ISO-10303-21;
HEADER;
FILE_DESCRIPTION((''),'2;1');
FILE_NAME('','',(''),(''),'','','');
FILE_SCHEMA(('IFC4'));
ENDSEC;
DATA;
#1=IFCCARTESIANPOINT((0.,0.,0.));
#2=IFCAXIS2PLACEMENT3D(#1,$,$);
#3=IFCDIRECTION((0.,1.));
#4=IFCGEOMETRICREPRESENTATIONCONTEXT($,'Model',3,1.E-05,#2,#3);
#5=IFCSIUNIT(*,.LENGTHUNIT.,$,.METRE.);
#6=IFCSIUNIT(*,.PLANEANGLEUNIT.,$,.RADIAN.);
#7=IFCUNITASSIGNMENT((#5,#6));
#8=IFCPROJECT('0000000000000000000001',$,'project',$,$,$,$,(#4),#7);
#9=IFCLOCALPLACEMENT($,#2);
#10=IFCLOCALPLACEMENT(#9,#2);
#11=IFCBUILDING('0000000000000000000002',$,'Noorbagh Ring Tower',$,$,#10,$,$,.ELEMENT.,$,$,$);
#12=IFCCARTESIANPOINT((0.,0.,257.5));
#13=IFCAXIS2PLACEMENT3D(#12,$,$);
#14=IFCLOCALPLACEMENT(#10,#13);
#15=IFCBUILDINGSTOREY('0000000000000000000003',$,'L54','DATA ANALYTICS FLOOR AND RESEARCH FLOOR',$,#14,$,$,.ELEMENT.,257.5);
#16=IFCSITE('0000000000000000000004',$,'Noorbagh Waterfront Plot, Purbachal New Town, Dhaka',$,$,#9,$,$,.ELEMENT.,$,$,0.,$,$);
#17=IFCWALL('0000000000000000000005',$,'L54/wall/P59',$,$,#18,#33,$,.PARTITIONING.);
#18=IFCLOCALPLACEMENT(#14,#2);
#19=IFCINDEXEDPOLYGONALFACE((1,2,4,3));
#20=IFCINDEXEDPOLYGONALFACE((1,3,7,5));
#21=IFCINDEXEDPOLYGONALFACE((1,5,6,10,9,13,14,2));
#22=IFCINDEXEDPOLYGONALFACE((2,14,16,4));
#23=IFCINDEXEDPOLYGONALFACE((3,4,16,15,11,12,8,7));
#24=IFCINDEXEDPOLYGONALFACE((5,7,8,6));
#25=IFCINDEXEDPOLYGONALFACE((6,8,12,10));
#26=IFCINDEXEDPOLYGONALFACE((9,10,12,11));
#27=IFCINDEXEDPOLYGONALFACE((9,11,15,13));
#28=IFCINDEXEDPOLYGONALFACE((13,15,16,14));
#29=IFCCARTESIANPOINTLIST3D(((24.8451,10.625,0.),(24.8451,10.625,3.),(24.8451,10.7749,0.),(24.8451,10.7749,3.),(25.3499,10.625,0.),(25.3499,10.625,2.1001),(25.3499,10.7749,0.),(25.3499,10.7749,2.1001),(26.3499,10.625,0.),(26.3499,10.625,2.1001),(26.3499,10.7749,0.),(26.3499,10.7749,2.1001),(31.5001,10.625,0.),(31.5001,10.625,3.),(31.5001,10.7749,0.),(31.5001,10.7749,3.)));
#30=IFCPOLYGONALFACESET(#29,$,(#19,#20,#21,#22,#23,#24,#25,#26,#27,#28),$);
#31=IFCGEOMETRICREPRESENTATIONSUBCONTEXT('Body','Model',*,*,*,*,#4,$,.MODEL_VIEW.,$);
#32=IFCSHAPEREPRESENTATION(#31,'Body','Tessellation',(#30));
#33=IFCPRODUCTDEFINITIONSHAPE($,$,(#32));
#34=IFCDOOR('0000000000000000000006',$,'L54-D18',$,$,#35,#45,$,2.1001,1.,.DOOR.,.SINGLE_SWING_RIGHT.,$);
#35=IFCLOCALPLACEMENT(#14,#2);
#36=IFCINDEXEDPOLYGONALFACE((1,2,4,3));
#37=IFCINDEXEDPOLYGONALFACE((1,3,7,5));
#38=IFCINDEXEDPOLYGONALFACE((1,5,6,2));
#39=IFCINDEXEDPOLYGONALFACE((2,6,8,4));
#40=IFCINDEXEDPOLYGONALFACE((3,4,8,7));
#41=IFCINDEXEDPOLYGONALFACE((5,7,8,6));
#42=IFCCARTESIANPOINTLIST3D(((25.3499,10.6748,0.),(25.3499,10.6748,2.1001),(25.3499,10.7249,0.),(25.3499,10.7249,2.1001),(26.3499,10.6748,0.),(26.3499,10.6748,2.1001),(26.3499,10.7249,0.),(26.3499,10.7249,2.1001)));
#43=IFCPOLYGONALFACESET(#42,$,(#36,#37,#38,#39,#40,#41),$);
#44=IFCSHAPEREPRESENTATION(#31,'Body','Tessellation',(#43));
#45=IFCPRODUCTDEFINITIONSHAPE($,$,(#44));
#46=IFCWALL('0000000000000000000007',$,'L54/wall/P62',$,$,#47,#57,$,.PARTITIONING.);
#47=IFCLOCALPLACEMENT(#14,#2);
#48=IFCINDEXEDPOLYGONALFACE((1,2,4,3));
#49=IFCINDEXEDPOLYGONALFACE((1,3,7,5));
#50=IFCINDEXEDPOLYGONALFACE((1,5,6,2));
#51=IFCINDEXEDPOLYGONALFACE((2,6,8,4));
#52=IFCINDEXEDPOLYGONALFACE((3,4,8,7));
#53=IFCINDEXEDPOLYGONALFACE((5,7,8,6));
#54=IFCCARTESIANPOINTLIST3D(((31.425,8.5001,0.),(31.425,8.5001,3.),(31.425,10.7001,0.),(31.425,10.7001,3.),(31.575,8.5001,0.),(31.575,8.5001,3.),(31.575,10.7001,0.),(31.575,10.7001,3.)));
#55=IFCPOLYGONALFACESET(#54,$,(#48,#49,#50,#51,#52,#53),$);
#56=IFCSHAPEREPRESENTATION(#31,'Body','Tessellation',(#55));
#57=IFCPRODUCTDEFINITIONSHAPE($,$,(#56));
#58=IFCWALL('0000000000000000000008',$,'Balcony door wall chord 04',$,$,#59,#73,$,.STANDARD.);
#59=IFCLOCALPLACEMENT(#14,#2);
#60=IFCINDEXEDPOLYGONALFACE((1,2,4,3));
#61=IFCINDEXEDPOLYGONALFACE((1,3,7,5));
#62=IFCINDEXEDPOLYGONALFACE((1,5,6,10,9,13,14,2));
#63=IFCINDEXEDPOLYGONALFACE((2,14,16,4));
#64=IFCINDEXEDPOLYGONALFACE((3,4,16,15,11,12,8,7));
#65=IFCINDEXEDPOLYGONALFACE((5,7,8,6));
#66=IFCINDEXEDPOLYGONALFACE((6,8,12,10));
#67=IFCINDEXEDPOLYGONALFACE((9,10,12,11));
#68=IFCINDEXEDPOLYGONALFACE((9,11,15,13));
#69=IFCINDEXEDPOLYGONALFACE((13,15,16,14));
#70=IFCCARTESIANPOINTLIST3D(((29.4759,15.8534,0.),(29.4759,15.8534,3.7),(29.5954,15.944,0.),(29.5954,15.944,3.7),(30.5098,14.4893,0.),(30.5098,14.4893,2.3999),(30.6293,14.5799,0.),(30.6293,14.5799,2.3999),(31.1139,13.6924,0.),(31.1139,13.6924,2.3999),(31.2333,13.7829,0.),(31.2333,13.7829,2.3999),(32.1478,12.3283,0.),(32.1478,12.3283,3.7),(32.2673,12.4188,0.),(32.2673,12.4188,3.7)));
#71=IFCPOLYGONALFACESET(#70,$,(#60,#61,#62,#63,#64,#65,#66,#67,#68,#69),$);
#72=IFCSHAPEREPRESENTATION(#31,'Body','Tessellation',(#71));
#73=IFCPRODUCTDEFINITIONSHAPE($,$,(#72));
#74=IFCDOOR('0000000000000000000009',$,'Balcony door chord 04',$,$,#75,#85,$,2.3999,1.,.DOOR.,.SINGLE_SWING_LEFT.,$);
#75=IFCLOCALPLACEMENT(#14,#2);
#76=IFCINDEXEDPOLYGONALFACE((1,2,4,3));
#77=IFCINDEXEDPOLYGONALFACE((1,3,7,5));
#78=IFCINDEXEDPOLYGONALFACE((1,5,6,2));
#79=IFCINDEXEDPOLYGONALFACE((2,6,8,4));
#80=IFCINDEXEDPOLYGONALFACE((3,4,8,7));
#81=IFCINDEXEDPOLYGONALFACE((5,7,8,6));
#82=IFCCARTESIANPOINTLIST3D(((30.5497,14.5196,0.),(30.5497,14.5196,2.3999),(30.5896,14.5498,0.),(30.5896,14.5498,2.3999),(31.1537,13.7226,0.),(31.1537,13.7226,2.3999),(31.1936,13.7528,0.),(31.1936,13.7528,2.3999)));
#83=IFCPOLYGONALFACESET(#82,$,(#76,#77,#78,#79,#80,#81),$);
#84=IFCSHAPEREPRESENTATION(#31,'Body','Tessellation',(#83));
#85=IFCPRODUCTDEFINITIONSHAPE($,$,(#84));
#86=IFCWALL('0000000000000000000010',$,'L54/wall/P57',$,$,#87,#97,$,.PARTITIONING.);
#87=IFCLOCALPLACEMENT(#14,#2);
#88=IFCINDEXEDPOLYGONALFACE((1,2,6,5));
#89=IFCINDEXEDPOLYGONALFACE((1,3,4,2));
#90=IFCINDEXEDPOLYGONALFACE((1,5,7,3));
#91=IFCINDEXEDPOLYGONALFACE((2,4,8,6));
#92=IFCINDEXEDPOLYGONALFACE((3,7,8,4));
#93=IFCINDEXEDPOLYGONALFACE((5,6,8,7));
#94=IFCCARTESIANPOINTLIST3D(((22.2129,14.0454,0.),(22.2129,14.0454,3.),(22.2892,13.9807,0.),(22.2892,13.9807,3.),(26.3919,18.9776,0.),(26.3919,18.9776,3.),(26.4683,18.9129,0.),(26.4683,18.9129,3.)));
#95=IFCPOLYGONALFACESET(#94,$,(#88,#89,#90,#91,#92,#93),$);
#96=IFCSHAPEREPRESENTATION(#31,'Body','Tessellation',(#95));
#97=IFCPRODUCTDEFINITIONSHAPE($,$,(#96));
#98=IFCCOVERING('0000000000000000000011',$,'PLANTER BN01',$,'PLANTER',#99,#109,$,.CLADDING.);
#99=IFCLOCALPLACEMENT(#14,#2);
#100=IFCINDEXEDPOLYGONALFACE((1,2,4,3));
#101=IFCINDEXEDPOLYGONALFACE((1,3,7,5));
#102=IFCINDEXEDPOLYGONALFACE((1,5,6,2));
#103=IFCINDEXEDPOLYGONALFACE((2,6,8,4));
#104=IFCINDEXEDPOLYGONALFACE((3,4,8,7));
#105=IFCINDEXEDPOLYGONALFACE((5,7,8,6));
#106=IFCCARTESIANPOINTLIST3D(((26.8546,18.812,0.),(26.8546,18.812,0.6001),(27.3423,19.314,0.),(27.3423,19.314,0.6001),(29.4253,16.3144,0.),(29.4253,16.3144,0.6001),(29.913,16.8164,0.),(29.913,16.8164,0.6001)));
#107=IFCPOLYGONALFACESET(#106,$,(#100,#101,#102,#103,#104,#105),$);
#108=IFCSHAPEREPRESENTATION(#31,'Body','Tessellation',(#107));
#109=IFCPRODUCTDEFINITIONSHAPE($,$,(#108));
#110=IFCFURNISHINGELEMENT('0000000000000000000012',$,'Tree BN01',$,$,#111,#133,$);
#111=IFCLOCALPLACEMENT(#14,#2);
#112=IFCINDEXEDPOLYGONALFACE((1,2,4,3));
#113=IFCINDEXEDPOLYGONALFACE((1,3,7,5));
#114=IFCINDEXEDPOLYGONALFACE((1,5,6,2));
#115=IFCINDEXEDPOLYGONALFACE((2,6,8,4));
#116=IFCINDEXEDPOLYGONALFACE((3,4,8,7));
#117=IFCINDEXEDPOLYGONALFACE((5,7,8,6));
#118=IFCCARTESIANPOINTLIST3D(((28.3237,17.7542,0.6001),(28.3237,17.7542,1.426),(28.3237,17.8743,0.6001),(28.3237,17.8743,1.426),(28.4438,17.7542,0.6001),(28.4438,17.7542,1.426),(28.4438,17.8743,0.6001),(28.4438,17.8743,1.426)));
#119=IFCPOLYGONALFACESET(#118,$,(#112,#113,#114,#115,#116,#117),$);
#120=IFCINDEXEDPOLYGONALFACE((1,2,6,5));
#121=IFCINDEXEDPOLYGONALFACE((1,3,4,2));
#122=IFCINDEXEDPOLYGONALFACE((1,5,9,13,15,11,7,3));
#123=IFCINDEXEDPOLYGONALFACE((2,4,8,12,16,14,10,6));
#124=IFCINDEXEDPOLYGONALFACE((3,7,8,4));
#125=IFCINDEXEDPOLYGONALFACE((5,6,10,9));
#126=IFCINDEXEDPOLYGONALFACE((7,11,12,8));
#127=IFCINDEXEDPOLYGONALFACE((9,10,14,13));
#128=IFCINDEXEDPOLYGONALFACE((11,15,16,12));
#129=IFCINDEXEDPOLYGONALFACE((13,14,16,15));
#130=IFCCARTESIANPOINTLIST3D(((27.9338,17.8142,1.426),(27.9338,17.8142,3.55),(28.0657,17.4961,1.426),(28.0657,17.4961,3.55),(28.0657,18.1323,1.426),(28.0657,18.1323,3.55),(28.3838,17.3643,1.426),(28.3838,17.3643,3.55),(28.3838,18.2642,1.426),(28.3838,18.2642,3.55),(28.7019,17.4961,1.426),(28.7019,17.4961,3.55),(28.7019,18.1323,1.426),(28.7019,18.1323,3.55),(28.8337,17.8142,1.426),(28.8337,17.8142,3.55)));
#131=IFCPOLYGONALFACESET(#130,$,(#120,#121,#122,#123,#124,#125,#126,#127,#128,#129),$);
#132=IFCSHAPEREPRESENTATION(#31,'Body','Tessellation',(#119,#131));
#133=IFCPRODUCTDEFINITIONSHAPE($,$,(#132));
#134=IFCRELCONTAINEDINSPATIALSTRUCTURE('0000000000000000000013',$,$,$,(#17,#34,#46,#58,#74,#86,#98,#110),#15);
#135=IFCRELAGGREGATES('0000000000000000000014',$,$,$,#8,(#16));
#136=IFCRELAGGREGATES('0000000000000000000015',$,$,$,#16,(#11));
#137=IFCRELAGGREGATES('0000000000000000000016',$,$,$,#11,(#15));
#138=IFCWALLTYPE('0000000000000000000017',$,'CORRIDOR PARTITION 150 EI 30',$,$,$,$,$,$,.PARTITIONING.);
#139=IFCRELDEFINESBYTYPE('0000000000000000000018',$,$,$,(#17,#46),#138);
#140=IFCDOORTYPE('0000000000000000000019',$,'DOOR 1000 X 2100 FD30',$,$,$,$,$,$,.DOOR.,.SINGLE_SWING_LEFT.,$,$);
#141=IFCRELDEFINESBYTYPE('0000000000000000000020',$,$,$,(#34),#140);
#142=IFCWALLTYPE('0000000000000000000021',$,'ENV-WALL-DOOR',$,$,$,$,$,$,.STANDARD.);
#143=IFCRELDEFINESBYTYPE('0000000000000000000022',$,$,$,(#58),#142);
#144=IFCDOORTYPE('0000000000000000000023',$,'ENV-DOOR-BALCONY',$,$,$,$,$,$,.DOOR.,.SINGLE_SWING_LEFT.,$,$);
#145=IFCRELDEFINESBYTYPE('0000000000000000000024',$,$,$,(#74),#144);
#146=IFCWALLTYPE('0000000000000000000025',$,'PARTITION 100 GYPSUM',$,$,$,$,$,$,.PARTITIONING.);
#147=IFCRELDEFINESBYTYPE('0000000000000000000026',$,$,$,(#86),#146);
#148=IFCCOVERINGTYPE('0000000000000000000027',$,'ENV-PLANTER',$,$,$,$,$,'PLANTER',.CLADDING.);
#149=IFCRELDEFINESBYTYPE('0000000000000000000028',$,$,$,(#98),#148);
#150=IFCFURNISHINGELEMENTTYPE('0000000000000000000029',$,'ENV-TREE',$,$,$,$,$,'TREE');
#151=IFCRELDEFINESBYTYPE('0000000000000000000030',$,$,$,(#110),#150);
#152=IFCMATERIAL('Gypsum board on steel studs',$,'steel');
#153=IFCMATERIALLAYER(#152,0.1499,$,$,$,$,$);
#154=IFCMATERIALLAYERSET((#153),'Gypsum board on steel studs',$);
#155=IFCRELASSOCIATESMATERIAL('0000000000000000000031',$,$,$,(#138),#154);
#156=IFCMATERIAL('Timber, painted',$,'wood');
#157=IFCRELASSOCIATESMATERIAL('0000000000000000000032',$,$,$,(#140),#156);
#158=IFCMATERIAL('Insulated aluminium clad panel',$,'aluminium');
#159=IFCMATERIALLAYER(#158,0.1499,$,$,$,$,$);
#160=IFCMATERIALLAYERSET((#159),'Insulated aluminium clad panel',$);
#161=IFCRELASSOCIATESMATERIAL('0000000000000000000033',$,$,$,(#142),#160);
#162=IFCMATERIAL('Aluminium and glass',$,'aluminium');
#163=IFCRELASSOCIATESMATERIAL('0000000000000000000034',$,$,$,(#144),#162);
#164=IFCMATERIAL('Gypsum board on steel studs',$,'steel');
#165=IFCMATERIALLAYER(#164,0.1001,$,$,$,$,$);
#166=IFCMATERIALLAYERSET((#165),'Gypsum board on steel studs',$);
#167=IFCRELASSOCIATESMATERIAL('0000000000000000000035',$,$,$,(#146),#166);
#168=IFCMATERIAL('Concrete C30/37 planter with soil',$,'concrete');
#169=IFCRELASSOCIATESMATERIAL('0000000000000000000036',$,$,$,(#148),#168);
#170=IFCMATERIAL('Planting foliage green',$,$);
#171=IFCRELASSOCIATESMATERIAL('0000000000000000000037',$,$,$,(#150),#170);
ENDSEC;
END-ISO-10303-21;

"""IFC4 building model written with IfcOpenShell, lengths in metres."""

from ifc_helpers import new_model, si_unit, direction, frame, frame_2d, origin, origin_2d, place, context, subcontext, project, spatial, polyline, rectangle, outline, extrude, material, layer, layer_set, type_object, element, fill, save


model = new_model("IFC4")

# Units and contexts
model_context = context("Model", 3, precision=1e-05, world=origin(), true_north=direction((0.0, 1.0)))
body_context = subcontext(model_context, "Body", "Model", "MODEL_VIEW")
ifc_project = project(units=[si_unit("LENGTHUNIT", "METRE"), si_unit("PLANEANGLEUNIT", "RADIAN")], contexts=[model_context])

# Site, building, storey
site_placement = place(None, origin())
site = spatial("IfcSite", under=ifc_project, at=site_placement, Name="Noorbagh Waterfront Plot, Purbachal New Town, Dhaka", CompositionType="ELEMENT", RefElevation=0.0)
building_placement = place(site_placement, origin())
building = spatial("IfcBuilding", under=site, at=building_placement, Name="Noorbagh Ring Tower", CompositionType="ELEMENT")
storey_placement = place(building_placement, frame((0.0, 0.0, 257.5)))
storey = spatial("IfcBuildingStorey", under=building, at=storey_placement, Name="L54", Description="DATA ANALYTICS FLOOR AND RESEARCH FLOOR", CompositionType="ELEMENT", Elevation=257.5)

# Shared definitions
ifc_material_1 = material(Name="Gypsum board on steel studs", Category="steel")
ifc_layer_1 = layer(ifc_material_1, 0.1499)
ifc_layer_set_1 = layer_set([ifc_layer_1], Name="Gypsum board on steel studs")
wall_type_1 = type_object("IfcWallType", Name="CORRIDOR PARTITION 150 EI 30", PredefinedType="PARTITIONING", material=ifc_layer_set_1)

# Wall, opening, door
wall_1_placement = place(storey_placement, frame((24.845, 10.7, 0.0), z_axis=(0.0, 0.0, 1.0), x_axis=(1.0, 0.0, 0.0)))
wall_1 = element("IfcWall", 1, at=wall_1_placement, inside=storey, type_object=wall_type_1, Name="L54/wall/P59", PredefinedType="PARTITIONING", context=body_context, shape_type="SweptSolid", body=[
    extrude(rectangle(XDim=6.655, YDim=0.1499, at=frame_2d((3.3276, 0.0))), origin(), (0.0, 0.0, 1.0), 3.0),
])
opening_1_placement = place(wall_1_placement, frame((0.5049, 0.0, 0.0)))
opening_1 = element("IfcOpeningElement", 2, at=opening_1_placement, cuts=wall_1, PredefinedType="OPENING", context=body_context, shape_type="SweptSolid", body=[
    extrude(rectangle(XDim=1.0, YDim=2.1001, at=frame_2d((0.5, 1.05))), frame((0.0, 0.085, 0.0), z_axis=(0.0, -1.0, 0.0), x_axis=(1.0, 0.0, 0.0)), (0.0, 0.0, 1.0), 0.1699),
])
ifc_material_2 = material(Name="Timber, painted", Category="wood")
door_type_1 = type_object("IfcDoorType", Name="DOOR 1000 X 2100 FD30", OperationType="SINGLE_SWING_LEFT", PredefinedType="DOOR", material=ifc_material_2)
door_1_placement = place(opening_1_placement, origin())
door_1 = element("IfcDoor", 3, at=door_1_placement, inside=storey, type_object=door_type_1, Name="L54-D18", OperationType="SINGLE_SWING_RIGHT", OverallHeight=2.1001, OverallWidth=1.0, PredefinedType="DOOR", context=body_context, shape_type="SweptSolid", body=[
    extrude(rectangle(XDim=1.0, YDim=2.1001, at=frame_2d((0.5, 1.05))), frame((0.0, 0.0249, 0.0), z_axis=(0.0, -1.0, 0.0), x_axis=(1.0, 0.0, 0.0)), (0.0, 0.0, 1.0), 0.05),
])
fill(opening_1, door_1)

# Wall
wall_2_placement = place(storey_placement, frame((31.5, 8.5, 0.0), z_axis=(0.0, 0.0, 1.0), x_axis=(0.0, 1.0, 0.0)))
element("IfcWall", 4, at=wall_2_placement, inside=storey, type_object=wall_type_1, Name="L54/wall/P62", PredefinedType="PARTITIONING", context=body_context, shape_type="SweptSolid", body=[
    extrude(rectangle(XDim=2.2, YDim=0.1499, at=frame_2d((1.1001, 0.0))), origin(), (0.0, 0.0, 1.0), 3.0),
])

# Wall, opening, door
ifc_material_3 = material(Name="Insulated aluminium clad panel", Category="aluminium")
ifc_layer_2 = layer(ifc_material_3, 0.1499)
ifc_layer_set_2 = layer_set([ifc_layer_2], Name="Insulated aluminium clad panel")
wall_type_2 = type_object("IfcWallType", Name="ENV-WALL-DOOR", PredefinedType="STANDARD", material=ifc_layer_set_2)
wall_3_placement = place(storey_placement, frame((32.2075, 12.3735, 0.0), z_axis=(0.0, 0.0, 1.0), x_axis=(-0.604046, 0.79695, 0.0)))
wall_3 = element("IfcWall", 5, at=wall_3_placement, inside=storey, type_object=wall_type_2, Name="Balcony door wall chord 04", PredefinedType="STANDARD", context=body_context, shape_type="SweptSolid", body=[
    extrude(rectangle(XDim=4.4233, YDim=0.1499, at=frame_2d((2.2117, 0.0))), origin(), (0.0, 0.0, 1.0), 3.7),
])
opening_2_placement = place(wall_3_placement, frame((1.7117, 0.0, 0.0)))
opening_2 = element("IfcOpeningElement", 6, at=opening_2_placement, cuts=wall_3, PredefinedType="OPENING", context=body_context, shape_type="SweptSolid", body=[
    extrude(rectangle(XDim=1.0, YDim=2.3999, at=frame_2d((0.5, 1.2))), frame((0.0, 0.085, 0.0), z_axis=(0.0, -1.0, 0.0), x_axis=(1.0, 0.0, 0.0)), (0.0, 0.0, 1.0), 0.1699),
])
ifc_material_4 = material(Name="Aluminium and glass", Category="aluminium")
door_type_2 = type_object("IfcDoorType", Name="ENV-DOOR-BALCONY", OperationType="SINGLE_SWING_LEFT", PredefinedType="DOOR", material=ifc_material_4)
door_2_placement = place(opening_2_placement, origin())
door_2 = element("IfcDoor", 7, at=door_2_placement, inside=storey, type_object=door_type_2, Name="Balcony door chord 04", OperationType="SINGLE_SWING_LEFT", OverallHeight=2.3999, OverallWidth=1.0, PredefinedType="DOOR", context=body_context, shape_type="SweptSolid", body=[
    extrude(rectangle(XDim=1.0, YDim=2.3999, at=frame_2d((0.5, 1.2))), frame((0.0, 0.0249, 0.0), z_axis=(0.0, -1.0, 0.0), x_axis=(1.0, 0.0, 0.0)), (0.0, 0.0, 1.0), 0.05),
])
fill(opening_2, door_2)

# Wall
ifc_material_5 = material(Name="Gypsum board on steel studs", Category="steel")
ifc_layer_3 = layer(ifc_material_5, 0.1001)
ifc_layer_set_3 = layer_set([ifc_layer_3], Name="Gypsum board on steel studs")
wall_type_3 = type_object("IfcWallType", Name="PARTITION 100 GYPSUM", PredefinedType="PARTITIONING", material=ifc_layer_set_3)
wall_4_placement = place(storey_placement, frame((22.251, 14.0129, 0.0), z_axis=(0.0, 0.0, 1.0), x_axis=(0.646448, 0.762958, 0.0)))
element("IfcWall", 8, at=wall_4_placement, inside=storey, type_object=wall_type_3, Name="L54/wall/P57", PredefinedType="PARTITIONING", context=body_context, shape_type="SweptSolid", body=[
    extrude(rectangle(XDim=6.4646, YDim=0.1001, at=frame_2d((3.2324, 0.0))), origin(), (0.0, 0.0, 1.0), 3.0),
])

# Covering
ifc_material_6 = material(Name="Concrete C30/37 planter with soil", Category="concrete")
covering_type = type_object("IfcCoveringType", Name="ENV-PLANTER", ElementType="PLANTER", PredefinedType="CLADDING", material=ifc_material_6)
covering_placement = place(storey_placement, frame((28.3838, 17.8142, 0.0), z_axis=(0.0, 0.0, 1.0), x_axis=(-0.717225, 0.696842, 0.0)))
element("IfcCovering", 9, at=covering_placement, inside=storey, type_object=covering_type, Name="PLANTER BN01", ObjectType="PLANTER", PredefinedType="CLADDING", context=body_context, shape_type="SweptSolid", body=[
    extrude(rectangle(XDim=3.5842, YDim=0.7, at=origin_2d()), origin(), (0.0, 0.0, 1.0), 0.6001),
])

# Furnishing element
ifc_material_7 = material(Name="Planting foliage green")
furnishing_element_type = type_object("IfcFurnishingElementType", Name="ENV-TREE", ElementType="TREE", material=ifc_material_7)
furnishing_placement = place(storey_placement, frame((28.3838, 17.8142, 0.6001), z_axis=(0.0, 0.0, 1.0), x_axis=(1.0, 0.0, 0.0)))
element("IfcFurnishingElement", 10, at=furnishing_placement, inside=storey, type_object=furnishing_element_type, Name="Tree BN01", context=body_context, shape_type="SweptSolid", body=[
    extrude(rectangle(XDim=0.1201, YDim=0.1201, at=origin_2d()), origin(), (0.0, 0.0, 1.0), 0.8259),
    extrude(outline(polyline([(0.45, 0.0), (0.3181, 0.3181), (0.0, 0.45), (-0.3181, 0.3181), (-0.45, 0.0), (-0.3181, -0.3181), (0.0, -0.45), (0.3181, -0.3181), (0.45, 0.0)])), frame((0.0, 0.0, 0.8259)), (0.0, 0.0, 1.0), 2.124),
])

save(model, "model.ifc")
